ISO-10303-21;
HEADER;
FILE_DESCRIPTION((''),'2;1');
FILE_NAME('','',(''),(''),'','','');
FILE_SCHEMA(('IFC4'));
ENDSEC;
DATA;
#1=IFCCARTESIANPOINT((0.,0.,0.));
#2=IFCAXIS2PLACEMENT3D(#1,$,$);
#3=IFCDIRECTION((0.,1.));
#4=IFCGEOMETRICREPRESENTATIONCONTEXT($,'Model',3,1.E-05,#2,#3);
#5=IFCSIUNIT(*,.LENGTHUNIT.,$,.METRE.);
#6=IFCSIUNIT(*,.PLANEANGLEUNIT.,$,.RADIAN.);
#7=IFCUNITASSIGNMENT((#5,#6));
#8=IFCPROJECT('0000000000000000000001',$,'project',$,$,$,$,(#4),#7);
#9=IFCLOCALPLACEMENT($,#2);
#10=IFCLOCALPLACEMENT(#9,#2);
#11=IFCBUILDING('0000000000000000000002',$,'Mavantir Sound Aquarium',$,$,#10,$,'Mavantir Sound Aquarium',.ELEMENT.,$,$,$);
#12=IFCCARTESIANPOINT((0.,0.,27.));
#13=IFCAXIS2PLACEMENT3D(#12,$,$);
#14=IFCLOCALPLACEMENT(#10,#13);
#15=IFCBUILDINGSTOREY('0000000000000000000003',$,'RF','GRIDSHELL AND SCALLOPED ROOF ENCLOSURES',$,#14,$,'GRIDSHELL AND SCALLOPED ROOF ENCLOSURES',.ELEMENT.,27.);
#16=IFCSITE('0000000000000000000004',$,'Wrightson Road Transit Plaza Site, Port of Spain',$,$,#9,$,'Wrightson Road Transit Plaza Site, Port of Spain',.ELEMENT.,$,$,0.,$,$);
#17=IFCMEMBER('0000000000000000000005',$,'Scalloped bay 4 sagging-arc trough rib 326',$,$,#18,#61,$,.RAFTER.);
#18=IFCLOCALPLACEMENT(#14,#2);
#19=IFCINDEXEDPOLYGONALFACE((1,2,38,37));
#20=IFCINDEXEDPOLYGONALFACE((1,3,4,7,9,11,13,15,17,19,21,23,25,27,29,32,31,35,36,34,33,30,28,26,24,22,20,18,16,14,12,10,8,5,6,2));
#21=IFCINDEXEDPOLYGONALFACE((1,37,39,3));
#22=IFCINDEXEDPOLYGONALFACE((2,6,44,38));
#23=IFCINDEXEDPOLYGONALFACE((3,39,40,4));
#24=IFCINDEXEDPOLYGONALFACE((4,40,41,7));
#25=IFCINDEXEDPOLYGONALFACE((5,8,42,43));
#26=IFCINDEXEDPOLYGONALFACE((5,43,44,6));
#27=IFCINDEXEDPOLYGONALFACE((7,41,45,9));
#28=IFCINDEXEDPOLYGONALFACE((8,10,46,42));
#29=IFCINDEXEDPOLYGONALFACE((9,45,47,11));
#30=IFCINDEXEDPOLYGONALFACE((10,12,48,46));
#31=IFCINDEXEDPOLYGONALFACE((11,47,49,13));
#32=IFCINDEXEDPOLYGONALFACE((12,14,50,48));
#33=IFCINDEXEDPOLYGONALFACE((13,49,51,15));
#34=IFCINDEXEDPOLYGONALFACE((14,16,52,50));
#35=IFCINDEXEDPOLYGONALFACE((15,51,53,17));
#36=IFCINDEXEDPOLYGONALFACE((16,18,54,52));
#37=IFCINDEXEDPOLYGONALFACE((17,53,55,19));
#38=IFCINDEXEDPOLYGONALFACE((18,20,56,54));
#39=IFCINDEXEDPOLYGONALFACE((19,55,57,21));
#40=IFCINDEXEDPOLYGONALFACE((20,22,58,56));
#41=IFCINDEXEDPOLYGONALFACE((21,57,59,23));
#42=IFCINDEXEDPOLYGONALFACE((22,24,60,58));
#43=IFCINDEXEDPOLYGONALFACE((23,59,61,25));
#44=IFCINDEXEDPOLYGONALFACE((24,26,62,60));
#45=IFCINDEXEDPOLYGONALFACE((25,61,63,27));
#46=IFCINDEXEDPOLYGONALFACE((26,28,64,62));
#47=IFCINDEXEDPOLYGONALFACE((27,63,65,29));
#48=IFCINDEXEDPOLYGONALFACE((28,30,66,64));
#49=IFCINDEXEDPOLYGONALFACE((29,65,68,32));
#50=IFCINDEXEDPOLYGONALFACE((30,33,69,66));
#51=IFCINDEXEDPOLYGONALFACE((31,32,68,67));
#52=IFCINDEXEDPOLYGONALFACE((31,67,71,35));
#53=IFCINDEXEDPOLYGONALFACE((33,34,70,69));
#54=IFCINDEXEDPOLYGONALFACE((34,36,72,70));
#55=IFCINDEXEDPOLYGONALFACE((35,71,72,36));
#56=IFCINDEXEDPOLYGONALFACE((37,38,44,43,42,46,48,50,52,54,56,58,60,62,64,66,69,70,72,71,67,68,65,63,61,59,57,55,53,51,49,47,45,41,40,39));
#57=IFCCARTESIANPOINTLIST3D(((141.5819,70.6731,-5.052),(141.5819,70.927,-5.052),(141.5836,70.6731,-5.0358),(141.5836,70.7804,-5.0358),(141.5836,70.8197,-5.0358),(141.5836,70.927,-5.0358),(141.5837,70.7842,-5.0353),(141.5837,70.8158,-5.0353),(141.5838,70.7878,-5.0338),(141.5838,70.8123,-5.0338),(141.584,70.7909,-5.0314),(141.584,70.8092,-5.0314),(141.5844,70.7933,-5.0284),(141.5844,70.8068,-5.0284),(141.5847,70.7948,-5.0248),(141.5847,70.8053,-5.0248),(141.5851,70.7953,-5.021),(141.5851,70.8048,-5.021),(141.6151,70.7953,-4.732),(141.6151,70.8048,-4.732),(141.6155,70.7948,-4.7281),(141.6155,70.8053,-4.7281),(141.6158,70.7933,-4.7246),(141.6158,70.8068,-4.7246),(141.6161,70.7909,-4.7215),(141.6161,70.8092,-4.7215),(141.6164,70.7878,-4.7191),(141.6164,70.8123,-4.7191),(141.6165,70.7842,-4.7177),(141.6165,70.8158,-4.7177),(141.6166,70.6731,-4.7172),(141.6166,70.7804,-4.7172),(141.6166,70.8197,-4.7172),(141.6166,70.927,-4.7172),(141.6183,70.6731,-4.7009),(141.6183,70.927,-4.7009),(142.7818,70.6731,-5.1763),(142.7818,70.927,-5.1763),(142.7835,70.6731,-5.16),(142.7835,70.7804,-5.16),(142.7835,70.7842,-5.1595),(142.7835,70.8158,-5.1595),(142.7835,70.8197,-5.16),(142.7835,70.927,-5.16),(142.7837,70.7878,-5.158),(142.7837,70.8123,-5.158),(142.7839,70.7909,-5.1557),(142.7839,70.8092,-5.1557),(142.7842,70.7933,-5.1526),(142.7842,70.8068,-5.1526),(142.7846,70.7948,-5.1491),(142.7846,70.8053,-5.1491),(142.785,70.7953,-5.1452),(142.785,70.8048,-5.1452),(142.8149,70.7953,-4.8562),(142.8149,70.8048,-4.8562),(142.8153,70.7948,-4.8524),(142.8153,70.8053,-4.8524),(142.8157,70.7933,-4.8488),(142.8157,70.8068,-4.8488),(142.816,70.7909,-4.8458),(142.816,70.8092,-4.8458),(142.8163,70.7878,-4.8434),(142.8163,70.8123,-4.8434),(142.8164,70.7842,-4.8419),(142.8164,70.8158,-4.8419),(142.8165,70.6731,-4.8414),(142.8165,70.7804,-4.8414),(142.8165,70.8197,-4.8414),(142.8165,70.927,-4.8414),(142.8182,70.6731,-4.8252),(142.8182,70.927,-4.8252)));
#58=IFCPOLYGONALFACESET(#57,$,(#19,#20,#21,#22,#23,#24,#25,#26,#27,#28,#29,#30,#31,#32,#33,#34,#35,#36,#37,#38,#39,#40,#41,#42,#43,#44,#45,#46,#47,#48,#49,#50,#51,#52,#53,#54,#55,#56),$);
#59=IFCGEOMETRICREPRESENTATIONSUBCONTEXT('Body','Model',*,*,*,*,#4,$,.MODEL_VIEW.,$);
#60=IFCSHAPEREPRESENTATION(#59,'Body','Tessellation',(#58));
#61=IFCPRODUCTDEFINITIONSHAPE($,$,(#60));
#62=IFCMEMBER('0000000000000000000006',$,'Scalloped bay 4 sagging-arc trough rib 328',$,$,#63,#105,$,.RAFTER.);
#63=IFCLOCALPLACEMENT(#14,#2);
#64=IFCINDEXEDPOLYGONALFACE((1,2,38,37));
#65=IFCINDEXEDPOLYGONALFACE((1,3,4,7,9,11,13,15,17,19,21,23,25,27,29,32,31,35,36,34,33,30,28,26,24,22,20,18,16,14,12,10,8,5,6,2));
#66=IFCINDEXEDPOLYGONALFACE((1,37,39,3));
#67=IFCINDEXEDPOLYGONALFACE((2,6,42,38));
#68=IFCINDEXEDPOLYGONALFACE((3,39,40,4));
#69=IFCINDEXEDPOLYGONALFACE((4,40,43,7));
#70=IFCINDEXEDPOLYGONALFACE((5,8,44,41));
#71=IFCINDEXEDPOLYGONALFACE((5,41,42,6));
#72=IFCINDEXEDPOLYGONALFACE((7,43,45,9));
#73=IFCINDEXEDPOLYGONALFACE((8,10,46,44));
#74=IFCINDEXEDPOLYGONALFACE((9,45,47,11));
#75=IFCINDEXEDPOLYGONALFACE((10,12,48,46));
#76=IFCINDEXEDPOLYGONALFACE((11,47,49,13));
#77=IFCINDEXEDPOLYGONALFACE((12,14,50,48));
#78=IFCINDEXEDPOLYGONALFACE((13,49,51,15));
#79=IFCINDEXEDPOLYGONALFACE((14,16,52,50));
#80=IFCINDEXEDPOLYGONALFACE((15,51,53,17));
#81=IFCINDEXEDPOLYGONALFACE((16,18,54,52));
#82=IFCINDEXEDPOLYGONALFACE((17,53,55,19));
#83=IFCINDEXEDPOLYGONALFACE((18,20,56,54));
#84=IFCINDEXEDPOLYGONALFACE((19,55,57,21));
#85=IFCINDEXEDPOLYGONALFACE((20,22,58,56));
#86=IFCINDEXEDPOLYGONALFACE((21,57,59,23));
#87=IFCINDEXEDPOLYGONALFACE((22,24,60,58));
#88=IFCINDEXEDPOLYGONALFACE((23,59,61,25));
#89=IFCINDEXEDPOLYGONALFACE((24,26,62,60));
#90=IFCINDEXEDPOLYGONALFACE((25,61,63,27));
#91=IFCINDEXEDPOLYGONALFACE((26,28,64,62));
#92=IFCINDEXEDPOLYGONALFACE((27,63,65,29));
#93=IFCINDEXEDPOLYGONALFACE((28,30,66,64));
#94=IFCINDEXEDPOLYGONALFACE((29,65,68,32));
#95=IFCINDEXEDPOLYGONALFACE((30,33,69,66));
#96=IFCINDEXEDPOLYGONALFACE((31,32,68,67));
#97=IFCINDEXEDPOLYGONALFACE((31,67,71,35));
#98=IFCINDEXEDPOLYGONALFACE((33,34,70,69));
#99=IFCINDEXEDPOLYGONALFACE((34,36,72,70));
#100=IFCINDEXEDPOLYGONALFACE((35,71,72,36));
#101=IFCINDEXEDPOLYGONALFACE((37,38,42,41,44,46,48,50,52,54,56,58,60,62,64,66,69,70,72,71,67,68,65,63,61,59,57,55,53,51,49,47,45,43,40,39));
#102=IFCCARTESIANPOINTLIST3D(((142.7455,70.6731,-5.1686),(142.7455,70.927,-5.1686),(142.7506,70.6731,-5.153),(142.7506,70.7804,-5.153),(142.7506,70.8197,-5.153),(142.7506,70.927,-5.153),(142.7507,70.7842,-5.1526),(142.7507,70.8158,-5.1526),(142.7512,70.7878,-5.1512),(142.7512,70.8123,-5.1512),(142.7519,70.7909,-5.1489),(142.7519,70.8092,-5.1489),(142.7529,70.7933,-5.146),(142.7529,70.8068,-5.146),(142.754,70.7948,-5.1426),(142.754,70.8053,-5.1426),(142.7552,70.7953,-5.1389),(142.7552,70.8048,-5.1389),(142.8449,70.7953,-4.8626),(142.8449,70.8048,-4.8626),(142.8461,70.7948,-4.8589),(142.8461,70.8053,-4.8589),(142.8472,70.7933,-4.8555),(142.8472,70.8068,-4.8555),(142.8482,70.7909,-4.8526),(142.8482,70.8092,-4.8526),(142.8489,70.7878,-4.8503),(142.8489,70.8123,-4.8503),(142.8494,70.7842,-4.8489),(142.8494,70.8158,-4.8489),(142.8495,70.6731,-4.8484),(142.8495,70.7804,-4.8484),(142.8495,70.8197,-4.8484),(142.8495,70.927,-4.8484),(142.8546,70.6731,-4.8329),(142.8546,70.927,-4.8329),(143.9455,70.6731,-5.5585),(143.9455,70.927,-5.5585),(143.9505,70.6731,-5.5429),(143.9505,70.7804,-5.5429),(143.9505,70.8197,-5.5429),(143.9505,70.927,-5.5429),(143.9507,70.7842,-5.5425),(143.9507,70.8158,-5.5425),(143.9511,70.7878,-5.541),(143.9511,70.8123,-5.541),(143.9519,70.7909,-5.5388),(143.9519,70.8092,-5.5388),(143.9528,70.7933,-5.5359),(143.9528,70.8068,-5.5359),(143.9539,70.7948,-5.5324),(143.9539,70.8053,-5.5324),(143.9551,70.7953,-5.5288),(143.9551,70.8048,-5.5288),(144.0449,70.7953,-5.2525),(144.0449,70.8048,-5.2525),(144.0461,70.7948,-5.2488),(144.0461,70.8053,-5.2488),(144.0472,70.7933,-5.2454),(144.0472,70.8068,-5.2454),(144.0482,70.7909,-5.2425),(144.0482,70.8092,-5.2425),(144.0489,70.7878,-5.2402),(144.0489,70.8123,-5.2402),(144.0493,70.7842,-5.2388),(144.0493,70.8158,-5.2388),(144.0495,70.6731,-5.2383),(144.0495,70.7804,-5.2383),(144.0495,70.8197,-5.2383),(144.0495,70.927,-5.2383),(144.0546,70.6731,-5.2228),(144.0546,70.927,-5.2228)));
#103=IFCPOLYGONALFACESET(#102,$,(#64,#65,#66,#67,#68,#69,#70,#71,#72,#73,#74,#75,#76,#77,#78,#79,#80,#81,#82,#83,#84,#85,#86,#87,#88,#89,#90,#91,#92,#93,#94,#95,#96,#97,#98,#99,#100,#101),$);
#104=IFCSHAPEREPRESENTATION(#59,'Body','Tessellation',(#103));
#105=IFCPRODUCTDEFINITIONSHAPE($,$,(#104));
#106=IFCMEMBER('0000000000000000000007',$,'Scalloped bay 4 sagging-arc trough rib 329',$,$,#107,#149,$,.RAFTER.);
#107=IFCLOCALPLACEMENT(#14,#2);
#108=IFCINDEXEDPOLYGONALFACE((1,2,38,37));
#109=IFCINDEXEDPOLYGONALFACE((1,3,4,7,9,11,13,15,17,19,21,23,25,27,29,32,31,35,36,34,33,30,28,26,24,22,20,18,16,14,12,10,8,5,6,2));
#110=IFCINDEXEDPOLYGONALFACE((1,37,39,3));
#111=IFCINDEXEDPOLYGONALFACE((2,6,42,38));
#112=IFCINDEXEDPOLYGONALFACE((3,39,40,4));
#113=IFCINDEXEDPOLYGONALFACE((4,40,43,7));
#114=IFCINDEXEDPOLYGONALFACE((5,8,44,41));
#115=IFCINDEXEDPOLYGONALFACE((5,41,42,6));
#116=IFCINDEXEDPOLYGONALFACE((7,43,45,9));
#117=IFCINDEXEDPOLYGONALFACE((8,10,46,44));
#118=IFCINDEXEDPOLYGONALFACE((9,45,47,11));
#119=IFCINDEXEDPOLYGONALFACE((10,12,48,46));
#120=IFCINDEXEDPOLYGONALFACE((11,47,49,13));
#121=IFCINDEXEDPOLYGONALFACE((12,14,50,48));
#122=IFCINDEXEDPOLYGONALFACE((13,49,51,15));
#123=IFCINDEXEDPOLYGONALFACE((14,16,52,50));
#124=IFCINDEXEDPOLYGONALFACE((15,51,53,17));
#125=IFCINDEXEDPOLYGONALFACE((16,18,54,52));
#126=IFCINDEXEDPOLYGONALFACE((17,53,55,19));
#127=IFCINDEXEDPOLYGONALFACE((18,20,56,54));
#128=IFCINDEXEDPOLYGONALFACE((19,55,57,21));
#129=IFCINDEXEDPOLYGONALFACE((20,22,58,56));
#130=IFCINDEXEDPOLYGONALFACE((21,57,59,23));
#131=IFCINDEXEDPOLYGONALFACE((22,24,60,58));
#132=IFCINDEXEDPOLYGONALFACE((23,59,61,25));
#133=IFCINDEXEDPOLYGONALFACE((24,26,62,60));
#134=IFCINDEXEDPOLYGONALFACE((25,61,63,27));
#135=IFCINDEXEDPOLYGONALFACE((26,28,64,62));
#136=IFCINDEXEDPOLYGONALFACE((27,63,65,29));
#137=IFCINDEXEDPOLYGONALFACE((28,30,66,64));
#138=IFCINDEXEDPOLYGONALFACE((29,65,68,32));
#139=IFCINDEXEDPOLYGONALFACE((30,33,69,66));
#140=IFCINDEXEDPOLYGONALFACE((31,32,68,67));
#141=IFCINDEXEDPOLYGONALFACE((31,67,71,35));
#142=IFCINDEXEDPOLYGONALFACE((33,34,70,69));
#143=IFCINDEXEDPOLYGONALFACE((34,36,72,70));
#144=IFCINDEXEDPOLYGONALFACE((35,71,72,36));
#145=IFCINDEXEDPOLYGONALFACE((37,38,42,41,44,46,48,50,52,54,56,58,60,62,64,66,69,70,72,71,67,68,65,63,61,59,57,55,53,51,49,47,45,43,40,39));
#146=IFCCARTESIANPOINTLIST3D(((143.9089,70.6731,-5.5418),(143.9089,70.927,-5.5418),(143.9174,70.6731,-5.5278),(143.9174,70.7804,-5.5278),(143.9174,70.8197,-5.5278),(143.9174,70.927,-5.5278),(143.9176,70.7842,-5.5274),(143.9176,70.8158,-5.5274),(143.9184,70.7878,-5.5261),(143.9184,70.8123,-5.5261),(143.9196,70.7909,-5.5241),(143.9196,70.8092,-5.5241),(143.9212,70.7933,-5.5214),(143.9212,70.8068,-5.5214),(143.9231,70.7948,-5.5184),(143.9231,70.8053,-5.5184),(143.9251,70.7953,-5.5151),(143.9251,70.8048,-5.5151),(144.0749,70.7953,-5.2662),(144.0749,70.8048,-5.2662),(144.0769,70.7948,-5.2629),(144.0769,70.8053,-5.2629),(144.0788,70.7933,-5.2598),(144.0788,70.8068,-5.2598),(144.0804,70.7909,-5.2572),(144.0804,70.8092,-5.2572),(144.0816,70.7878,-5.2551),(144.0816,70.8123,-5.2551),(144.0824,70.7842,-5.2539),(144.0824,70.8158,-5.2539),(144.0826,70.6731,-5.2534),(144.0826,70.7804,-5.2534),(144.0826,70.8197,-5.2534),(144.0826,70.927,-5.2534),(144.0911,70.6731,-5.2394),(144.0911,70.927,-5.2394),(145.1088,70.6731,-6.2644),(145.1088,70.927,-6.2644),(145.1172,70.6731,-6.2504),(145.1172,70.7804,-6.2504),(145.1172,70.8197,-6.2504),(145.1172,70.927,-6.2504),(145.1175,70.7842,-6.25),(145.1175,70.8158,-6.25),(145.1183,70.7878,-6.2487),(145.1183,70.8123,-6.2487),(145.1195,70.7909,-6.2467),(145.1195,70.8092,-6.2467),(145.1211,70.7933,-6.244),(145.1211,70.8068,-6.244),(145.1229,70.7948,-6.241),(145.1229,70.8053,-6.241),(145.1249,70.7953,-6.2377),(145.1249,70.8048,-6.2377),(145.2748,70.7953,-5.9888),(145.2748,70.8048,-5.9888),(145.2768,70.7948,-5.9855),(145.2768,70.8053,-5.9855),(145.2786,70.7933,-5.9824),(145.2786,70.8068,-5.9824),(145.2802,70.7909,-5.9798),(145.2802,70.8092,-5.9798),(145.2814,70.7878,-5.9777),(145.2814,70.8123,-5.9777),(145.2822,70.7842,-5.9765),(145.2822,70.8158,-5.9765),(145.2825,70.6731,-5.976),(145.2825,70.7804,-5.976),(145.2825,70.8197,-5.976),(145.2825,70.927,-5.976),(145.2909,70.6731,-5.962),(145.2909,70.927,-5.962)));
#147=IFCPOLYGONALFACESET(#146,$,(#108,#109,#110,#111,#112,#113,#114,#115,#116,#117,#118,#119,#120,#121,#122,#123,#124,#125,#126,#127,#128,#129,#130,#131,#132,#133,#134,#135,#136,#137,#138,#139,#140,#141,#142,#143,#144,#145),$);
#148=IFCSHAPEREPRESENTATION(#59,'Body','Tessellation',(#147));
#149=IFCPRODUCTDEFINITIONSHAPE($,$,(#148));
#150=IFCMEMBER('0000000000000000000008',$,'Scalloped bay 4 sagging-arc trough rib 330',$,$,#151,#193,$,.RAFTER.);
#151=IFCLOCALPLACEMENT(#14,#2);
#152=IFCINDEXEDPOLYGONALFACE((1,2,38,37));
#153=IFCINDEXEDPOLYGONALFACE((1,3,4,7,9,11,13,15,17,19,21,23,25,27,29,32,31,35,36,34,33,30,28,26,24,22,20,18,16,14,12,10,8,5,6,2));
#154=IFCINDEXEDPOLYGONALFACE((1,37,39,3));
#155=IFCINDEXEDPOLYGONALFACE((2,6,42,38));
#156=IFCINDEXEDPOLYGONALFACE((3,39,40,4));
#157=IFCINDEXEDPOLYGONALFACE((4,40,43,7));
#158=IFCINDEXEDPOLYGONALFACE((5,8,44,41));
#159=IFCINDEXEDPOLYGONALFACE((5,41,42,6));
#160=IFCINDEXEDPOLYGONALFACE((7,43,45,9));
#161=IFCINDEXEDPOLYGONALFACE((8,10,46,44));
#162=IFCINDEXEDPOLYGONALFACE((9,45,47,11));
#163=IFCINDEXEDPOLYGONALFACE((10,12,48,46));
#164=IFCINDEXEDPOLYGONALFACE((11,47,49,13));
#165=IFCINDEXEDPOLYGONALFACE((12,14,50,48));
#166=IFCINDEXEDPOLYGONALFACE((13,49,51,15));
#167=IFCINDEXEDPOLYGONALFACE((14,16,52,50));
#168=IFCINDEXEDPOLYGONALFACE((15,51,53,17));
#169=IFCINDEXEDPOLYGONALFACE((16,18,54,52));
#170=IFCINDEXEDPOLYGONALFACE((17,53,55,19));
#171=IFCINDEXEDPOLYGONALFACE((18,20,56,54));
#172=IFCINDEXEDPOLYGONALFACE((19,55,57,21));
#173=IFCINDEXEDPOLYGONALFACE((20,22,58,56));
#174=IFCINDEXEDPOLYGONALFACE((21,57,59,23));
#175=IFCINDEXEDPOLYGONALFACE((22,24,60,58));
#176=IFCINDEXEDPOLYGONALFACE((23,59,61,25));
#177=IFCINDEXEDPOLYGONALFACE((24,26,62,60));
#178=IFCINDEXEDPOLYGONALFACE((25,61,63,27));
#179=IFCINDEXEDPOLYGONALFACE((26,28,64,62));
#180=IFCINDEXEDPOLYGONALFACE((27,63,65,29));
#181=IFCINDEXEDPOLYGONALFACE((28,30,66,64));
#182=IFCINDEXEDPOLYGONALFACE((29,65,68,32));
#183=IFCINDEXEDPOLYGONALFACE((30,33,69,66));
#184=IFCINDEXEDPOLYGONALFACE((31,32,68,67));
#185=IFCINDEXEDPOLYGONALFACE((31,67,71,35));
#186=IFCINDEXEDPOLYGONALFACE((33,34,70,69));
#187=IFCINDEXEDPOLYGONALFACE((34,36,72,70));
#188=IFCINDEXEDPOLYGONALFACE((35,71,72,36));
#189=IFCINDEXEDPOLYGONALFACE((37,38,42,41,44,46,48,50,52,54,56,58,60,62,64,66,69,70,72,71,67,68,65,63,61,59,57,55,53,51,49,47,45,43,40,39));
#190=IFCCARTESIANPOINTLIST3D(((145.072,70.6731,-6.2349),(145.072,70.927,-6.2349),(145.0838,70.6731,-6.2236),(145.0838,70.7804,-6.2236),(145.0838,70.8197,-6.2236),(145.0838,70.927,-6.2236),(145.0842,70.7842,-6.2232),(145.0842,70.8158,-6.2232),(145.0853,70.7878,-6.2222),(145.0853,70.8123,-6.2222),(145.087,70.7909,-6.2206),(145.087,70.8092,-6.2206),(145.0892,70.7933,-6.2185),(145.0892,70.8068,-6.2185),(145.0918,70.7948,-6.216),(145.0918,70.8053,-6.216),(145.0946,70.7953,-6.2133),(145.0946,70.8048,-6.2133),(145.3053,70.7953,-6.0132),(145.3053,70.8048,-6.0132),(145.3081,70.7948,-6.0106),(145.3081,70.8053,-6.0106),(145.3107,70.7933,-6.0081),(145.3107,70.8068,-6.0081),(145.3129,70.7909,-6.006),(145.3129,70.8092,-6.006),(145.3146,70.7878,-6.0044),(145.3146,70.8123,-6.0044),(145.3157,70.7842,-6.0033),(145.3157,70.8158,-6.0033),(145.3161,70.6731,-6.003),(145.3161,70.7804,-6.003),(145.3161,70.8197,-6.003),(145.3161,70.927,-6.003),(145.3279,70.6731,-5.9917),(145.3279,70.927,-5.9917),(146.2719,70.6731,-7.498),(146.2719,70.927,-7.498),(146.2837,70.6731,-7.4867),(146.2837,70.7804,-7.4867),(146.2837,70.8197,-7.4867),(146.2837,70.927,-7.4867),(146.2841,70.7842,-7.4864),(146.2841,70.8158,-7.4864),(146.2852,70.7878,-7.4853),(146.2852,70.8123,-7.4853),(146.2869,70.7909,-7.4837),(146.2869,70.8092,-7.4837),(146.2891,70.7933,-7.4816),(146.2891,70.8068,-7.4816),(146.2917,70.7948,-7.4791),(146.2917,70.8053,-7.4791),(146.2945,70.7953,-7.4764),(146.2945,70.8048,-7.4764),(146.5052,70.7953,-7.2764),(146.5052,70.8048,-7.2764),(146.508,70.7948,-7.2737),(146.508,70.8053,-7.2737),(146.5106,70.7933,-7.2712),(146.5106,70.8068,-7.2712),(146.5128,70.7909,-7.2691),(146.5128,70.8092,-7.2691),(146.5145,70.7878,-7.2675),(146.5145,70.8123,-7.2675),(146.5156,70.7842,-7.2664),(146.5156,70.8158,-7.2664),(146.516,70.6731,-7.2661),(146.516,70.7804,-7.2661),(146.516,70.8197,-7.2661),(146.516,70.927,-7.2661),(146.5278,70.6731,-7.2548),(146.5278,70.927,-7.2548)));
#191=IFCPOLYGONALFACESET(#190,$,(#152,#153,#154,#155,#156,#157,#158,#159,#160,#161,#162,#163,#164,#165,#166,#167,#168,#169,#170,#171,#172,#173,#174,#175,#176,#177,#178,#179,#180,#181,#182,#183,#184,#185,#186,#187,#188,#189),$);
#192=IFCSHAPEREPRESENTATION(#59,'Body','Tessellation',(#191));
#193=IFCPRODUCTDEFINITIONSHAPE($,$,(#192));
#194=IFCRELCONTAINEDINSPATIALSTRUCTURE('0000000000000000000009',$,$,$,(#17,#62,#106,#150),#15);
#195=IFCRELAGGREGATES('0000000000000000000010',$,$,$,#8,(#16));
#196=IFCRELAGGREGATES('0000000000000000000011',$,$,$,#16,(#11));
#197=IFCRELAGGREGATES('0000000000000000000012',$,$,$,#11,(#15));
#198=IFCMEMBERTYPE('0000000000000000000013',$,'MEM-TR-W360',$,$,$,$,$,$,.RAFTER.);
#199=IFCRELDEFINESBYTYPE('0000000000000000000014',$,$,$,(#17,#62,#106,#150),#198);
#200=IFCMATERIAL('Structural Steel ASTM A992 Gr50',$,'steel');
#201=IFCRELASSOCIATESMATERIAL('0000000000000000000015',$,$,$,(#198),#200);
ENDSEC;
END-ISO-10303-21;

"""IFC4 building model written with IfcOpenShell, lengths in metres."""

from ifc_helpers import new_model, si_unit, direction, frame, origin, origin_2d, place, context, subcontext, project, spatial, i_section, extrude, material, material_profile, profile_set, type_object, element, save


model = new_model("IFC4")

# Units and contexts
model_context = context("Model", 3, precision=1e-05, world=origin(), true_north=direction((0.0, 1.0)))
body_context = subcontext(model_context, "Body", "Model", "MODEL_VIEW")
ifc_project = project(units=[si_unit("LENGTHUNIT", "METRE"), si_unit("PLANEANGLEUNIT", "RADIAN")], contexts=[model_context])

# Site, building, storey
site_placement = place(None, origin())
site = spatial("IfcSite", under=ifc_project, at=site_placement, Name="Wrightson Road Transit Plaza Site, Port of Spain", LongName="Wrightson Road Transit Plaza Site, Port of Spain", CompositionType="ELEMENT", RefElevation=0.0)
building_placement = place(site_placement, origin())
building = spatial("IfcBuilding", under=site, at=building_placement, Name="Mavantir Sound Aquarium", LongName="Mavantir Sound Aquarium", CompositionType="ELEMENT")
storey_placement = place(building_placement, frame((0.0, 0.0, 27.0)))
storey = spatial("IfcBuildingStorey", under=building, at=storey_placement, Name="RF", Description="GRIDSHELL AND SCALLOPED ROOF ENCLOSURES", LongName="GRIDSHELL AND SCALLOPED ROOF ENCLOSURES", CompositionType="ELEMENT", Elevation=27.0)

# Shared definitions
ifc_material_1 = material(Name="Structural Steel ASTM A992 Gr50", Category="steel")

# Members
ifc_material_profile_1 = material_profile(ifc_material_1, i_section(OverallWidth=0.2539, OverallDepth=0.353, WebThickness=0.0095, FlangeThickness=0.0164, FilletRadius=0.0149, at=origin_2d()), Name="W360X91")
ifc_profile_set_1 = profile_set([ifc_material_profile_1], Name="Structural Steel ASTM A992 Gr50")
member_type_1 = type_object("IfcMemberType", Name="MEM-TR-W360", PredefinedType="RAFTER", material=ifc_profile_set_1)
member_1_placement = place(storey_placement, frame((141.6001, 70.8, -4.8765), z_axis=(0.99468, 0.0, -0.10301), x_axis=(0.0, 1.0, 0.0)))
element("IfcMember", 1, at=member_1_placement, inside=storey, type_object=member_type_1, Name="Scalloped bay 4 sagging-arc trough rib 326", PredefinedType="RAFTER", context=body_context, shape_type="SweptSolid", body=[
    extrude(i_section(OverallWidth=0.2539, OverallDepth=0.353, WebThickness=0.0095, FlangeThickness=0.0164, FilletRadius=0.0149, at=origin_2d()), origin(), (0.0, 0.0, 1.0), 1.2063),
])
member_2_placement = place(storey_placement, frame((142.8, 70.8, -5.0007), z_axis=(0.951055, 0.0, -0.30902), x_axis=(0.0, 1.0, 0.0)))
element("IfcMember", 2, at=member_2_placement, inside=storey, type_object=member_type_1, Name="Scalloped bay 4 sagging-arc trough rib 328", PredefinedType="RAFTER", context=body_context, shape_type="SweptSolid", body=[
    extrude(i_section(OverallWidth=0.2539, OverallDepth=0.353, WebThickness=0.0095, FlangeThickness=0.0164, FilletRadius=0.0149, at=origin_2d()), origin(), (0.0, 0.0, 1.0), 1.2617),
])
member_3_placement = place(storey_placement, frame((144.0, 70.8, -5.3906), z_axis=(0.856646, 0.0, -0.515905), x_axis=(0.0, 1.0, 0.0)))
element("IfcMember", 3, at=member_3_placement, inside=storey, type_object=member_type_1, Name="Scalloped bay 4 sagging-arc trough rib 329", PredefinedType="RAFTER", context=body_context, shape_type="SweptSolid", body=[
    extrude(i_section(OverallWidth=0.2539, OverallDepth=0.353, WebThickness=0.0095, FlangeThickness=0.0164, FilletRadius=0.0149, at=origin_2d()), origin(), (0.0, 0.0, 1.0), 1.4006),
])
member_4_placement = place(storey_placement, frame((145.2, 70.8, -6.1133), z_axis=(0.688727, 0.0, -0.72502), x_axis=(0.0, 1.0, 0.0)))
element("IfcMember", 4, at=member_4_placement, inside=storey, type_object=member_type_1, Name="Scalloped bay 4 sagging-arc trough rib 330", PredefinedType="RAFTER", context=body_context, shape_type="SweptSolid", body=[
    extrude(i_section(OverallWidth=0.2539, OverallDepth=0.353, WebThickness=0.0095, FlangeThickness=0.0164, FilletRadius=0.0149, at=origin_2d()), origin(), (0.0, 0.0, 1.0), 1.7422),
])

save(model, "model.ifc")
